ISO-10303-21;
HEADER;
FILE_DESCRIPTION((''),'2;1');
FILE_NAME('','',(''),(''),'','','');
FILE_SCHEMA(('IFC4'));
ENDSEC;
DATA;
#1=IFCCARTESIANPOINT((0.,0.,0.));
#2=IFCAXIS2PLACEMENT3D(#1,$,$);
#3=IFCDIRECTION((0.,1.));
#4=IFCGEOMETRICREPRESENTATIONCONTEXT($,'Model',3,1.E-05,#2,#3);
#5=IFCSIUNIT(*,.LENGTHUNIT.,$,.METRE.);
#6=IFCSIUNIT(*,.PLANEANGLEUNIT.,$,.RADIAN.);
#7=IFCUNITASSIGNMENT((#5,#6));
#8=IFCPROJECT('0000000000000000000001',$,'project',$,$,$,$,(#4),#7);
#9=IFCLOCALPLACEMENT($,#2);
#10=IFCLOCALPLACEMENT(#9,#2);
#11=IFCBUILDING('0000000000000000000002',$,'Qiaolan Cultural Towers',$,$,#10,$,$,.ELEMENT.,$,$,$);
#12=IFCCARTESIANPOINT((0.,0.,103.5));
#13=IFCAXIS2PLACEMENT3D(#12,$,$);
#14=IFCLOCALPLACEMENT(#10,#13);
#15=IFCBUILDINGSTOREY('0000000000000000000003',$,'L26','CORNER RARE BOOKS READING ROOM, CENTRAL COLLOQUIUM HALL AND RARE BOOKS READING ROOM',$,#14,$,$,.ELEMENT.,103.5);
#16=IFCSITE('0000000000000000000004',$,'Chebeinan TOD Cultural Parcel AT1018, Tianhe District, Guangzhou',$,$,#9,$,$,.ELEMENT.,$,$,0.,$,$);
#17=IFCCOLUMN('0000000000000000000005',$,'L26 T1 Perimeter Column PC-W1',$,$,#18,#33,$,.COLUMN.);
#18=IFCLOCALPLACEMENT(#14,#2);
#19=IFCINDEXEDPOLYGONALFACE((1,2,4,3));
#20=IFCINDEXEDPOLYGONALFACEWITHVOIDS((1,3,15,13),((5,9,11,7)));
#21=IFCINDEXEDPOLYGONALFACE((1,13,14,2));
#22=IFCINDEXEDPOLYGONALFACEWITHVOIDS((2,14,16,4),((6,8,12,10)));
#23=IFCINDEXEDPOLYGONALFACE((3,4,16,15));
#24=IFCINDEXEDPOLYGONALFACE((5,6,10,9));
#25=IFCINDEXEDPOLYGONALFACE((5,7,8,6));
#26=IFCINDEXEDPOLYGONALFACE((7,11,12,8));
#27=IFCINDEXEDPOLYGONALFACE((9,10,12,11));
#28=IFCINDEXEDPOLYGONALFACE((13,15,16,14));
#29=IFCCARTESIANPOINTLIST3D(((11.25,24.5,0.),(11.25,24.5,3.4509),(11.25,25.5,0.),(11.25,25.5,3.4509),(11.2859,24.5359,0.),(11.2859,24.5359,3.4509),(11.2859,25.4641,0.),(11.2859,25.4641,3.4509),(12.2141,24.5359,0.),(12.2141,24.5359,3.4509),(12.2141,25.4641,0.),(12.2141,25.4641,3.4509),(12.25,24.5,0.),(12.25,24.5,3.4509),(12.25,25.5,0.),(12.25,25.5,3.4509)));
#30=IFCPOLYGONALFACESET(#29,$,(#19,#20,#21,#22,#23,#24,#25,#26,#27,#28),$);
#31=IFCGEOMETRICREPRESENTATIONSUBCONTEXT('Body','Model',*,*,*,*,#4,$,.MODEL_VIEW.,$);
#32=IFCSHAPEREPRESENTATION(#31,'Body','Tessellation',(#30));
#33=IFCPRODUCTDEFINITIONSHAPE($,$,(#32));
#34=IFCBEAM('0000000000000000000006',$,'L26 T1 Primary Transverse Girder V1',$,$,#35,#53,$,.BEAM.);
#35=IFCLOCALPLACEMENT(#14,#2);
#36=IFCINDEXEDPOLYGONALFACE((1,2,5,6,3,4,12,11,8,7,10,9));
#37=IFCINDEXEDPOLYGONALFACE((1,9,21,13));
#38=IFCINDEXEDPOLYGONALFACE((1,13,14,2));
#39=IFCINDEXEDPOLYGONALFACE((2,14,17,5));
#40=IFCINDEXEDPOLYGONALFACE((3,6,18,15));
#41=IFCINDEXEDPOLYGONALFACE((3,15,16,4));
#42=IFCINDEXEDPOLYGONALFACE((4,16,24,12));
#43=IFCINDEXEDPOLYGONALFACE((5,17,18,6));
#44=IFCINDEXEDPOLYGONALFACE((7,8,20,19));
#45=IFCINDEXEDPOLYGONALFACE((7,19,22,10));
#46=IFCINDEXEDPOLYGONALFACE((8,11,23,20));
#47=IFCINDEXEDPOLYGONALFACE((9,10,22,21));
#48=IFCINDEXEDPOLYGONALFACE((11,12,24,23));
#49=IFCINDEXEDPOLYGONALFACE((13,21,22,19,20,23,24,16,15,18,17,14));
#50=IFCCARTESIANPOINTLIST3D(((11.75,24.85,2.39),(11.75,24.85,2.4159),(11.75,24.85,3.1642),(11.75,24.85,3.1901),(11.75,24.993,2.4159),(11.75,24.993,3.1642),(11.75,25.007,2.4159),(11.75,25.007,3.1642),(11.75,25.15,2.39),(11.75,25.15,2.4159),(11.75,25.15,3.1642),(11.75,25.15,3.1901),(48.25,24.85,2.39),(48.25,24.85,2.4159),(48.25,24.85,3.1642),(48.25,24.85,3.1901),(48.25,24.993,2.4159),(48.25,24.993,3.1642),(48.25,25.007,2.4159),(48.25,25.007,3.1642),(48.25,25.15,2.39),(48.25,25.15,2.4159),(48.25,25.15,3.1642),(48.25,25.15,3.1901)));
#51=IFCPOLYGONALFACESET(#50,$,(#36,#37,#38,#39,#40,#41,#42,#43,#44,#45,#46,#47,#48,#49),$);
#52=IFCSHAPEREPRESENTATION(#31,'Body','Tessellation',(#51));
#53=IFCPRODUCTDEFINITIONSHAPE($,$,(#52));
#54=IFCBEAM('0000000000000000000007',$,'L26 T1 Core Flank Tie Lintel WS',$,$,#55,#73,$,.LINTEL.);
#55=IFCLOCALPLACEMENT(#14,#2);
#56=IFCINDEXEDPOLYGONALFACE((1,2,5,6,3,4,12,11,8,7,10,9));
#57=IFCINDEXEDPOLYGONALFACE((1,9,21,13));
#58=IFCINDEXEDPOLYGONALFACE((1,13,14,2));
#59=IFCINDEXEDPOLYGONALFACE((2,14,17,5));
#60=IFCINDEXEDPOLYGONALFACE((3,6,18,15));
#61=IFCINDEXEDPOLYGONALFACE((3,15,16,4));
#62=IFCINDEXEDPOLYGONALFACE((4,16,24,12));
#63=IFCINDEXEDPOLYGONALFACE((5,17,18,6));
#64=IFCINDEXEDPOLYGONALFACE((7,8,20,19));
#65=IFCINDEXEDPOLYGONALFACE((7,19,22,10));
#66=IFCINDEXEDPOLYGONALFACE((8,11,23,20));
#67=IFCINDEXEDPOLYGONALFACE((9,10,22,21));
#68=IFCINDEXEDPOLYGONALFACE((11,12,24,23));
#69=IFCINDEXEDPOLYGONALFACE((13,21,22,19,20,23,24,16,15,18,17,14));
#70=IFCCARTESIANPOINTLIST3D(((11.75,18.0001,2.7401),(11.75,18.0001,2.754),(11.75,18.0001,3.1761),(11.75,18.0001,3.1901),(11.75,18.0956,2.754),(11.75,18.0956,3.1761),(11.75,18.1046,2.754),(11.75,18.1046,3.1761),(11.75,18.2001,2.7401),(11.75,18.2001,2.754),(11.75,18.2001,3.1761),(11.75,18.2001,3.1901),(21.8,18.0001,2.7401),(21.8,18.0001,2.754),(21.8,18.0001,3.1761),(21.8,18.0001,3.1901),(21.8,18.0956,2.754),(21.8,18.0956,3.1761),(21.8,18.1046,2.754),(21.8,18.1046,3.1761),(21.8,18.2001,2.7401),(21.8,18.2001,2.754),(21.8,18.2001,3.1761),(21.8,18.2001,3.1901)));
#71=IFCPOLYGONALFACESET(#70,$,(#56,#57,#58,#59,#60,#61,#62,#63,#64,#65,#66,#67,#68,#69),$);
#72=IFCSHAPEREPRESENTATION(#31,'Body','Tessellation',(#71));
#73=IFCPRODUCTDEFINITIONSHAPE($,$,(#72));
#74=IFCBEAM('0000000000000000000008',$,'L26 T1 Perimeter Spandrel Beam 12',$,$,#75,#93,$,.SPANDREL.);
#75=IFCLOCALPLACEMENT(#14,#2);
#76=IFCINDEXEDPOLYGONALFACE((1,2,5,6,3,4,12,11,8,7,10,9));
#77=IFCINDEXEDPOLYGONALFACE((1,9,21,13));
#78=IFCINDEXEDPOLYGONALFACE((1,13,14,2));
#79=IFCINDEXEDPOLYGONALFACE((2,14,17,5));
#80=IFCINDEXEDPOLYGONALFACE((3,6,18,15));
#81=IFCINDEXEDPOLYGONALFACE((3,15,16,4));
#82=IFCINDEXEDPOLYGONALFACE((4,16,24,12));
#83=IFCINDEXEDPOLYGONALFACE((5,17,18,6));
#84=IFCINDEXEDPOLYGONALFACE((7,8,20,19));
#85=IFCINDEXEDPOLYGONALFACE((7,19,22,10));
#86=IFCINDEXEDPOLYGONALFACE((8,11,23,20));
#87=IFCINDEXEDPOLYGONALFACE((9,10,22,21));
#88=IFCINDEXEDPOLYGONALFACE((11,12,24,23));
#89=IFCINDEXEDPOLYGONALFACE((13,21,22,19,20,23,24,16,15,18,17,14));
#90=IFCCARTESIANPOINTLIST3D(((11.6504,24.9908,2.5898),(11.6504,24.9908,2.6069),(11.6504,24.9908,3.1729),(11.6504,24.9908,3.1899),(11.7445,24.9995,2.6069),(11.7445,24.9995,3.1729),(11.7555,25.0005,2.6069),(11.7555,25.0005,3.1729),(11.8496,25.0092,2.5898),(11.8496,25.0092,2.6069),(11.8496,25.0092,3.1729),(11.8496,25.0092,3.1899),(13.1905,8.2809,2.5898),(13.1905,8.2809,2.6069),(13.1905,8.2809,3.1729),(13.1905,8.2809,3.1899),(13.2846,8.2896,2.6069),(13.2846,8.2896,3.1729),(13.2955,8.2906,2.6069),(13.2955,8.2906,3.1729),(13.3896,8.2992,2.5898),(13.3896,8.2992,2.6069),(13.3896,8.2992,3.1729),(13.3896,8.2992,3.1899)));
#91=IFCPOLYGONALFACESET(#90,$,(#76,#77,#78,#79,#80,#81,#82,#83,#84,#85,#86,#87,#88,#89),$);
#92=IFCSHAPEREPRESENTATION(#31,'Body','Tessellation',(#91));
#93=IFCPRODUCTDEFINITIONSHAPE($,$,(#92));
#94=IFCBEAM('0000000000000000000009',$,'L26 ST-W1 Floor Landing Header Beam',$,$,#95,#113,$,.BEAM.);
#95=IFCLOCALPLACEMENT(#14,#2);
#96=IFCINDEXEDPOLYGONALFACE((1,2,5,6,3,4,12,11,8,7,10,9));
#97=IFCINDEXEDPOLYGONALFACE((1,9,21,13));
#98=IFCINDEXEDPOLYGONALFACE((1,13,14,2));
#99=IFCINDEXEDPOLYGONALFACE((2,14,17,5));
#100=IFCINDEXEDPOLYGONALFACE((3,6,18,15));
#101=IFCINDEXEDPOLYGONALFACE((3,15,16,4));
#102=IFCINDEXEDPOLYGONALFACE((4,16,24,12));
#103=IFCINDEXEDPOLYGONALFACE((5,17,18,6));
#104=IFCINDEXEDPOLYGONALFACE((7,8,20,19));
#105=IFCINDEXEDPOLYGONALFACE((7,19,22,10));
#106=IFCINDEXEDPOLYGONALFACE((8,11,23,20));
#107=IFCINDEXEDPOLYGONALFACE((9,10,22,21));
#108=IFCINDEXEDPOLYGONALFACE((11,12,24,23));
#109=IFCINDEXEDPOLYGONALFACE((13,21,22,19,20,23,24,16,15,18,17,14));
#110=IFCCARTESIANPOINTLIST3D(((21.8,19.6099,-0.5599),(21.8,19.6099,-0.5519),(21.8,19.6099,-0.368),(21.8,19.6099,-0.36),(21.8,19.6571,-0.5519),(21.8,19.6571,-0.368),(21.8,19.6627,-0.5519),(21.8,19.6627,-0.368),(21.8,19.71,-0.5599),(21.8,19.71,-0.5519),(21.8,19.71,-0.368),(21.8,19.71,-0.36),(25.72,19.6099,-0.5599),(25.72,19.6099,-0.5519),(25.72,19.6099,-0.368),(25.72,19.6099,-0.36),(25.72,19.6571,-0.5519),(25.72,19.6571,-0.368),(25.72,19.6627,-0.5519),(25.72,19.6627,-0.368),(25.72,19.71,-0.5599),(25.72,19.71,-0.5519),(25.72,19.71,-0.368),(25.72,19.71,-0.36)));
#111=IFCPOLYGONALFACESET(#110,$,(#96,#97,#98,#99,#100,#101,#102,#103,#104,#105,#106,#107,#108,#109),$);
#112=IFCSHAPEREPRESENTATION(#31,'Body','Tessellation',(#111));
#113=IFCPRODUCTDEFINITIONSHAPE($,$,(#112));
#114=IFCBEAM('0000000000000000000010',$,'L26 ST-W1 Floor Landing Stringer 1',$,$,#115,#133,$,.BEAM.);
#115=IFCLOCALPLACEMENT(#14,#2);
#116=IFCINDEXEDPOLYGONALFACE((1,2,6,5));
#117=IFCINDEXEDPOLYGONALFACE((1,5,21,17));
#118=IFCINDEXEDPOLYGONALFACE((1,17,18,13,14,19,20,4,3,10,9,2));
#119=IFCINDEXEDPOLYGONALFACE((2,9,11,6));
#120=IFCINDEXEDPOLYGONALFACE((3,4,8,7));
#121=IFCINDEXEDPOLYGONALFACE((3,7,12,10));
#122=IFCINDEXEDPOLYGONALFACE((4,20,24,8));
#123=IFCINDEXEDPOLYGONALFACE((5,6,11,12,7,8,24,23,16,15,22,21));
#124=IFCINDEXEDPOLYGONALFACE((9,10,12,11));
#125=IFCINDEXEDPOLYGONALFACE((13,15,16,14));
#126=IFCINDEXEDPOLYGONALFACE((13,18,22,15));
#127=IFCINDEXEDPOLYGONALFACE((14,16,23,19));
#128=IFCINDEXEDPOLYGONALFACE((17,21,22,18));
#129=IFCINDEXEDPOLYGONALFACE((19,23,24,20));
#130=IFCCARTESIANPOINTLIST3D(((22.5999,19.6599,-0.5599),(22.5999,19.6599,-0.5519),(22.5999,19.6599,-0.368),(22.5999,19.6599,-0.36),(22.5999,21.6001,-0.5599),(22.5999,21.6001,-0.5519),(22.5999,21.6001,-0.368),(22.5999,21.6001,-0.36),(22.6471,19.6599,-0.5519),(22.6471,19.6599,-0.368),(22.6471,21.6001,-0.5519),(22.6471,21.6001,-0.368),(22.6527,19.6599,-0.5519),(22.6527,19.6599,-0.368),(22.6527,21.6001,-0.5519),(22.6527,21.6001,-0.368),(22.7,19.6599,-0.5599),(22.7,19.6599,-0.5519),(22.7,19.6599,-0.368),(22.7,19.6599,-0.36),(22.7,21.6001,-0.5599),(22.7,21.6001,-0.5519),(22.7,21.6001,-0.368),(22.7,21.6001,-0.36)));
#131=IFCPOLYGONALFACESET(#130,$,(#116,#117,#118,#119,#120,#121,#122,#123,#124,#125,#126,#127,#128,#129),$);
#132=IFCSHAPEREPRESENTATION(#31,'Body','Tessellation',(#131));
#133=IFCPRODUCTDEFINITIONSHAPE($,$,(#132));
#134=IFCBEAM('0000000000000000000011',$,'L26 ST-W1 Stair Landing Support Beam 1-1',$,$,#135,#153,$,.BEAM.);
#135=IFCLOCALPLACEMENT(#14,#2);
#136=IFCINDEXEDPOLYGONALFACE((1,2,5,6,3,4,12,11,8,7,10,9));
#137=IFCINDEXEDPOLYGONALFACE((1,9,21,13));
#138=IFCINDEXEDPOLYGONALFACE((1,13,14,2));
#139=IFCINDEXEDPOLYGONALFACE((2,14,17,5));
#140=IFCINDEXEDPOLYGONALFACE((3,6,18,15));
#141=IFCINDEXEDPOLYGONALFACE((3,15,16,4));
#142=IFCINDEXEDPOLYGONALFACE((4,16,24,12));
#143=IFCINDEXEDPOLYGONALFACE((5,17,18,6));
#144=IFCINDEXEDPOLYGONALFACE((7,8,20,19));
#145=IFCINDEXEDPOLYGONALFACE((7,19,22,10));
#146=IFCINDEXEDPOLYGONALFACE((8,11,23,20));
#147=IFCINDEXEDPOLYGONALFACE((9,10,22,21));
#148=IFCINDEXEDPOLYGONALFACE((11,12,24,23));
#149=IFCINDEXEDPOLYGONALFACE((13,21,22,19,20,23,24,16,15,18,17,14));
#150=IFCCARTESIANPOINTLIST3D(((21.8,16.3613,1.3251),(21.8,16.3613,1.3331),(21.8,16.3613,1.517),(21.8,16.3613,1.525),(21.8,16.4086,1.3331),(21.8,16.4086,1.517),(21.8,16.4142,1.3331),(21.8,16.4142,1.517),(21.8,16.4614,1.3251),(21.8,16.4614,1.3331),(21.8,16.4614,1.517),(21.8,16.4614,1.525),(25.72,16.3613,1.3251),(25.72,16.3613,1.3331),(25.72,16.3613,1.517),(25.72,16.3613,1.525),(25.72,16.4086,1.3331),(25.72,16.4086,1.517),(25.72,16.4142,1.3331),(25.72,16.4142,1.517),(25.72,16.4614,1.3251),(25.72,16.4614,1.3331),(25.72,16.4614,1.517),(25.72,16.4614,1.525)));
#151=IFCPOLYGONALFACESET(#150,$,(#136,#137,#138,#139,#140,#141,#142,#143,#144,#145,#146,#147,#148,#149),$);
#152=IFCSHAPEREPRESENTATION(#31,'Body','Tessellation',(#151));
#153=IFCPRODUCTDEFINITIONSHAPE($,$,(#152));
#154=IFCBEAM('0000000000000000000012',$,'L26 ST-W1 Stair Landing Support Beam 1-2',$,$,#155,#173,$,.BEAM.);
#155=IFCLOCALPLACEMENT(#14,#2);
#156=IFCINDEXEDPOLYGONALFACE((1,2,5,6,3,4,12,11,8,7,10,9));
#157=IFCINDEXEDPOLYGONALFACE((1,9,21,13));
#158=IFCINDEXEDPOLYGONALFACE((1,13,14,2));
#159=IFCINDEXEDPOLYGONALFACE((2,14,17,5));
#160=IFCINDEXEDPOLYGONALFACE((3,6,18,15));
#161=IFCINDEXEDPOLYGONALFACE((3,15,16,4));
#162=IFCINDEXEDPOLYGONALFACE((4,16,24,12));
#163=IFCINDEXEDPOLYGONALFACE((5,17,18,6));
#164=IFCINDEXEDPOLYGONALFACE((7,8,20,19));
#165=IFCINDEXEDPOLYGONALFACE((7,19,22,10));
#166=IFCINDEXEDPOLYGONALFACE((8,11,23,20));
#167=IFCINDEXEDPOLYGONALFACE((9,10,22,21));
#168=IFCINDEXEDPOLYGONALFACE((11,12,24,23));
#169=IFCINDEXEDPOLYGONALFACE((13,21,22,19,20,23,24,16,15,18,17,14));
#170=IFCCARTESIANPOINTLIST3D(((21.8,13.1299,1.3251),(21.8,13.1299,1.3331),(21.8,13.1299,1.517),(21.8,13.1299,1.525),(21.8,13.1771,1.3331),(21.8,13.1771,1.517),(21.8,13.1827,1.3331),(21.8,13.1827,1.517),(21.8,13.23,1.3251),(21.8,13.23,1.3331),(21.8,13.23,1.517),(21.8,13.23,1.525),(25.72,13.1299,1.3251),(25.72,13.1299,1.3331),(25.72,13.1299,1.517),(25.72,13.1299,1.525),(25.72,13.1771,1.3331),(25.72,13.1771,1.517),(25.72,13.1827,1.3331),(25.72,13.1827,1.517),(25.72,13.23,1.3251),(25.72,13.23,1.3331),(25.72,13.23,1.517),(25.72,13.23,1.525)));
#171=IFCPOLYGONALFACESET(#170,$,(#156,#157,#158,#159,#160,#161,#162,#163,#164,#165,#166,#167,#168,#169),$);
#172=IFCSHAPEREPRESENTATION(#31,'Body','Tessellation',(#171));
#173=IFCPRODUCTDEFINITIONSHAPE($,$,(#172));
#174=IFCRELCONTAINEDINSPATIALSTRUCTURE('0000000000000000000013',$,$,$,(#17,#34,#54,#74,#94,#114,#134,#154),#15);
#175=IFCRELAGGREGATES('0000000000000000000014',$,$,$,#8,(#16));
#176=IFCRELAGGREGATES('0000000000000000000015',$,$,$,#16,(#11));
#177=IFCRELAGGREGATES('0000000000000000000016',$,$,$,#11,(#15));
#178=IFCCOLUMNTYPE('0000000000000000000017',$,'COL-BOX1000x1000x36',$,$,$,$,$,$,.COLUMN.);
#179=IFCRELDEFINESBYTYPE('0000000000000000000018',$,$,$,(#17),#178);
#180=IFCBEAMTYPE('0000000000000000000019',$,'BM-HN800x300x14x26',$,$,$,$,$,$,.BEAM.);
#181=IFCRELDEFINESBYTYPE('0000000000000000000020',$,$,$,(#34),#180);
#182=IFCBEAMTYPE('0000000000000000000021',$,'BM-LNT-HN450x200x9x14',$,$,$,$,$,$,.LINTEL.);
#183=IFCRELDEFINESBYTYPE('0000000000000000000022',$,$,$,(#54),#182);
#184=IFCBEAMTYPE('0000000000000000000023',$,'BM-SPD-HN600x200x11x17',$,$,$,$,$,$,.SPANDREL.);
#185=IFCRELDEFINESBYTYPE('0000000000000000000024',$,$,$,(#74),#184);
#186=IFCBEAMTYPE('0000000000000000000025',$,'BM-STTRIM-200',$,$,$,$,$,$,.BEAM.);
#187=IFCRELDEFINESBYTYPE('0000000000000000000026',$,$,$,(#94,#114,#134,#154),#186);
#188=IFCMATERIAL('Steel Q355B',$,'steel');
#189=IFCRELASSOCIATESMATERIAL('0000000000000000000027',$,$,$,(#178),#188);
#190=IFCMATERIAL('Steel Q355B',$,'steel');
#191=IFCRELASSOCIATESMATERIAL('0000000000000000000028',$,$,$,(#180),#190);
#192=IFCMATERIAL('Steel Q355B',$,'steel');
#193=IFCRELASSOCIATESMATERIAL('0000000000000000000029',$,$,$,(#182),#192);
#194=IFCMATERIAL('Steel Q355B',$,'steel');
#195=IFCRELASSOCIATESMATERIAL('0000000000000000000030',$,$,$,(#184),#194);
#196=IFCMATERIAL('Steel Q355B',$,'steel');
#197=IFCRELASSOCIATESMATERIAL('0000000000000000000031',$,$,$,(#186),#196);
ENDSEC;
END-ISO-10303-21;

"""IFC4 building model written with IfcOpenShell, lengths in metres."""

from ifc_helpers import new_model, si_unit, direction, frame, origin, origin_2d, place, context, subcontext, project, spatial, hollow_rectangle, i_section, extrude, material, material_profile, profile_set, type_object, element, save


model = new_model("IFC4")

# Units and contexts
model_context = context("Model", 3, precision=1e-05, world=origin(), true_north=direction((0.0, 1.0)))
body_context = subcontext(model_context, "Body", "Model", "MODEL_VIEW")
ifc_project = project(units=[si_unit("LENGTHUNIT", "METRE"), si_unit("PLANEANGLEUNIT", "RADIAN")], contexts=[model_context])

# Site, building, storey
site_placement = place(None, origin())
site = spatial("IfcSite", under=ifc_project, at=site_placement, Name="Chebeinan TOD Cultural Parcel AT1018, Tianhe District, Guangzhou", CompositionType="ELEMENT", RefElevation=0.0)
building_placement = place(site_placement, origin())
building = spatial("IfcBuilding", under=site, at=building_placement, Name="Qiaolan Cultural Towers", CompositionType="ELEMENT")
storey_placement = place(building_placement, frame((0.0, 0.0, 103.5)))
storey = spatial("IfcBuildingStorey", under=building, at=storey_placement, Name="L26", Description="CORNER RARE BOOKS READING ROOM, CENTRAL COLLOQUIUM HALL AND RARE BOOKS READING ROOM", CompositionType="ELEMENT", Elevation=103.5)

# Column
ifc_material_1 = material(Name="Steel Q355B", Category="steel")
ifc_material_profile_1 = material_profile(ifc_material_1, hollow_rectangle(XDim=1.0, YDim=1.0, WallThickness=0.0359, at=origin_2d()), Name="BOX1000x1000x36")
ifc_profile_set_1 = profile_set([ifc_material_profile_1], Name="Steel Q355B")
column_type = type_object("IfcColumnType", Name="COL-BOX1000x1000x36", PredefinedType="COLUMN", material=ifc_profile_set_1)
column_placement = place(storey_placement, frame((11.75, 25.0, 0.0), z_axis=(0.0, 0.0, 1.0), x_axis=(1.0, 0.0, 0.0)))
element("IfcColumn", 1, at=column_placement, inside=storey, type_object=column_type, Name="L26 T1 Perimeter Column PC-W1", PredefinedType="COLUMN", context=body_context, shape_type="SweptSolid", body=[
    extrude(hollow_rectangle(XDim=1.0, YDim=1.0, WallThickness=0.0359, at=origin_2d()), origin(), (0.0, 0.0, 1.0), 3.4509),
])

# Beams
ifc_material_2 = material(Name="Steel Q355B", Category="steel")
ifc_material_profile_2 = material_profile(ifc_material_2, i_section(OverallWidth=0.3, OverallDepth=0.8, WebThickness=0.0139, FlangeThickness=0.0259, at=origin_2d()), Name="HN800x300x14x26")
ifc_profile_set_2 = profile_set([ifc_material_profile_2], Name="Steel Q355B")
beam_type_1 = type_object("IfcBeamType", Name="BM-HN800x300x14x26", PredefinedType="BEAM", material=ifc_profile_set_2)
beam_1_placement = place(storey_placement, frame((11.75, 25.0, 2.79), z_axis=(1.0, 0.0, 0.0), x_axis=(0.0, 1.0, 0.0)))
element("IfcBeam", 2, at=beam_1_placement, inside=storey, type_object=beam_type_1, Name="L26 T1 Primary Transverse Girder V1", PredefinedType="BEAM", context=body_context, shape_type="SweptSolid", body=[
    extrude(i_section(OverallWidth=0.3, OverallDepth=0.8, WebThickness=0.0139, FlangeThickness=0.0259, at=origin_2d()), origin(), (0.0, 0.0, 1.0), 36.5),
])
ifc_material_3 = material(Name="Steel Q355B", Category="steel")
ifc_material_profile_3 = material_profile(ifc_material_3, i_section(OverallWidth=0.2, OverallDepth=0.45, WebThickness=0.009, FlangeThickness=0.0139, at=origin_2d()), Name="HN450x200x9x14")
ifc_profile_set_3 = profile_set([ifc_material_profile_3], Name="Steel Q355B")
beam_type_2 = type_object("IfcBeamType", Name="BM-LNT-HN450x200x9x14", PredefinedType="LINTEL", material=ifc_profile_set_3)
beam_2_placement = place(storey_placement, frame((21.8, 18.1001, 2.9651), z_axis=(-1.0, 0.0, 0.0), x_axis=(0.0, -1.0, 0.0)))
element("IfcBeam", 3, at=beam_2_placement, inside=storey, type_object=beam_type_2, Name="L26 T1 Core Flank Tie Lintel WS", PredefinedType="LINTEL", context=body_context, shape_type="SweptSolid", body=[
    extrude(i_section(OverallWidth=0.2, OverallDepth=0.45, WebThickness=0.009, FlangeThickness=0.0139, at=origin_2d()), origin(), (0.0, 0.0, 1.0), 10.05),
])
ifc_material_4 = material(Name="Steel Q355B", Category="steel")
ifc_material_profile_4 = material_profile(ifc_material_4, i_section(OverallWidth=0.2, OverallDepth=0.6001, WebThickness=0.011, FlangeThickness=0.0171, at=origin_2d()), Name="HN600x200x11x17")
ifc_profile_set_4 = profile_set([ifc_material_profile_4], Name="Steel Q355B")
beam_type_3 = type_object("IfcBeamType", Name="BM-SPD-HN600x200x11x17", PredefinedType="SPANDREL", material=ifc_profile_set_4)
beam_3_placement = place(storey_placement, frame((11.75, 25.0, 2.8899), z_axis=(0.091774, -0.99578, 0.0), x_axis=(0.99578, 0.091774, 0.0)))
element("IfcBeam", 4, at=beam_3_placement, inside=storey, type_object=beam_type_3, Name="L26 T1 Perimeter Spandrel Beam 12", PredefinedType="SPANDREL", context=body_context, shape_type="SweptSolid", body=[
    extrude(i_section(OverallWidth=0.2, OverallDepth=0.6001, WebThickness=0.011, FlangeThickness=0.0171, at=origin_2d()), origin(), (0.0, 0.0, 1.0), 16.7808),
])
ifc_material_5 = material(Name="Steel Q355B", Category="steel")
ifc_material_profile_5 = material_profile(ifc_material_5, i_section(OverallWidth=0.1001, OverallDepth=0.2, WebThickness=0.0056, FlangeThickness=0.0081, at=origin_2d()), Name="HN200x100x5.5x8")
ifc_profile_set_5 = profile_set([ifc_material_profile_5], Name="Steel Q355B")
beam_type_4 = type_object("IfcBeamType", Name="BM-STTRIM-200", PredefinedType="BEAM", material=ifc_profile_set_5)
beam_4_placement = place(storey_placement, frame((21.8, 19.6599, -0.46), z_axis=(1.0, 0.0, 0.0), x_axis=(0.0, 1.0, 0.0)))
element("IfcBeam", 5, at=beam_4_placement, inside=storey, type_object=beam_type_4, Name="L26 ST-W1 Floor Landing Header Beam", PredefinedType="BEAM", context=body_context, shape_type="SweptSolid", body=[
    extrude(i_section(OverallWidth=0.1001, OverallDepth=0.2, WebThickness=0.0056, FlangeThickness=0.0081, at=origin_2d()), origin(), (0.0, 0.0, 1.0), 3.9199),
])
beam_5_placement = place(storey_placement, frame((22.6499, 21.6001, -0.46), z_axis=(0.0, -1.0, 0.0), x_axis=(1.0, 0.0, 0.0)))
element("IfcBeam", 6, at=beam_5_placement, inside=storey, type_object=beam_type_4, Name="L26 ST-W1 Floor Landing Stringer 1", PredefinedType="BEAM", context=body_context, shape_type="SweptSolid", body=[
    extrude(i_section(OverallWidth=0.1001, OverallDepth=0.2, WebThickness=0.0056, FlangeThickness=0.0081, at=origin_2d()), origin(), (0.0, 0.0, 1.0), 1.9402),
])
for number, where, z_axis, x_axis, name in (
    (7, (21.8, 16.4114, 1.425), (1.0, 0.0, 0.0), (0.0, 1.0, 0.0), "L26 ST-W1 Stair Landing Support Beam 1-1"),
    (8, (21.8, 13.1799, 1.425), (1.0, 0.0, 0.0), (0.0, 1.0, 0.0), "L26 ST-W1 Stair Landing Support Beam 1-2"),
):
    element("IfcBeam", number, at=place(storey_placement, frame(where, z_axis=z_axis, x_axis=x_axis)), inside=storey, type_object=beam_type_4, Name=name, PredefinedType="BEAM", context=body_context, shape_type="SweptSolid", body=[
        extrude(i_section(OverallWidth=0.1001, OverallDepth=0.2, WebThickness=0.0056, FlangeThickness=0.0081, at=origin_2d()), origin(), (0.0, 0.0, 1.0), 3.9199),
    ])

save(model, "model.ifc")
